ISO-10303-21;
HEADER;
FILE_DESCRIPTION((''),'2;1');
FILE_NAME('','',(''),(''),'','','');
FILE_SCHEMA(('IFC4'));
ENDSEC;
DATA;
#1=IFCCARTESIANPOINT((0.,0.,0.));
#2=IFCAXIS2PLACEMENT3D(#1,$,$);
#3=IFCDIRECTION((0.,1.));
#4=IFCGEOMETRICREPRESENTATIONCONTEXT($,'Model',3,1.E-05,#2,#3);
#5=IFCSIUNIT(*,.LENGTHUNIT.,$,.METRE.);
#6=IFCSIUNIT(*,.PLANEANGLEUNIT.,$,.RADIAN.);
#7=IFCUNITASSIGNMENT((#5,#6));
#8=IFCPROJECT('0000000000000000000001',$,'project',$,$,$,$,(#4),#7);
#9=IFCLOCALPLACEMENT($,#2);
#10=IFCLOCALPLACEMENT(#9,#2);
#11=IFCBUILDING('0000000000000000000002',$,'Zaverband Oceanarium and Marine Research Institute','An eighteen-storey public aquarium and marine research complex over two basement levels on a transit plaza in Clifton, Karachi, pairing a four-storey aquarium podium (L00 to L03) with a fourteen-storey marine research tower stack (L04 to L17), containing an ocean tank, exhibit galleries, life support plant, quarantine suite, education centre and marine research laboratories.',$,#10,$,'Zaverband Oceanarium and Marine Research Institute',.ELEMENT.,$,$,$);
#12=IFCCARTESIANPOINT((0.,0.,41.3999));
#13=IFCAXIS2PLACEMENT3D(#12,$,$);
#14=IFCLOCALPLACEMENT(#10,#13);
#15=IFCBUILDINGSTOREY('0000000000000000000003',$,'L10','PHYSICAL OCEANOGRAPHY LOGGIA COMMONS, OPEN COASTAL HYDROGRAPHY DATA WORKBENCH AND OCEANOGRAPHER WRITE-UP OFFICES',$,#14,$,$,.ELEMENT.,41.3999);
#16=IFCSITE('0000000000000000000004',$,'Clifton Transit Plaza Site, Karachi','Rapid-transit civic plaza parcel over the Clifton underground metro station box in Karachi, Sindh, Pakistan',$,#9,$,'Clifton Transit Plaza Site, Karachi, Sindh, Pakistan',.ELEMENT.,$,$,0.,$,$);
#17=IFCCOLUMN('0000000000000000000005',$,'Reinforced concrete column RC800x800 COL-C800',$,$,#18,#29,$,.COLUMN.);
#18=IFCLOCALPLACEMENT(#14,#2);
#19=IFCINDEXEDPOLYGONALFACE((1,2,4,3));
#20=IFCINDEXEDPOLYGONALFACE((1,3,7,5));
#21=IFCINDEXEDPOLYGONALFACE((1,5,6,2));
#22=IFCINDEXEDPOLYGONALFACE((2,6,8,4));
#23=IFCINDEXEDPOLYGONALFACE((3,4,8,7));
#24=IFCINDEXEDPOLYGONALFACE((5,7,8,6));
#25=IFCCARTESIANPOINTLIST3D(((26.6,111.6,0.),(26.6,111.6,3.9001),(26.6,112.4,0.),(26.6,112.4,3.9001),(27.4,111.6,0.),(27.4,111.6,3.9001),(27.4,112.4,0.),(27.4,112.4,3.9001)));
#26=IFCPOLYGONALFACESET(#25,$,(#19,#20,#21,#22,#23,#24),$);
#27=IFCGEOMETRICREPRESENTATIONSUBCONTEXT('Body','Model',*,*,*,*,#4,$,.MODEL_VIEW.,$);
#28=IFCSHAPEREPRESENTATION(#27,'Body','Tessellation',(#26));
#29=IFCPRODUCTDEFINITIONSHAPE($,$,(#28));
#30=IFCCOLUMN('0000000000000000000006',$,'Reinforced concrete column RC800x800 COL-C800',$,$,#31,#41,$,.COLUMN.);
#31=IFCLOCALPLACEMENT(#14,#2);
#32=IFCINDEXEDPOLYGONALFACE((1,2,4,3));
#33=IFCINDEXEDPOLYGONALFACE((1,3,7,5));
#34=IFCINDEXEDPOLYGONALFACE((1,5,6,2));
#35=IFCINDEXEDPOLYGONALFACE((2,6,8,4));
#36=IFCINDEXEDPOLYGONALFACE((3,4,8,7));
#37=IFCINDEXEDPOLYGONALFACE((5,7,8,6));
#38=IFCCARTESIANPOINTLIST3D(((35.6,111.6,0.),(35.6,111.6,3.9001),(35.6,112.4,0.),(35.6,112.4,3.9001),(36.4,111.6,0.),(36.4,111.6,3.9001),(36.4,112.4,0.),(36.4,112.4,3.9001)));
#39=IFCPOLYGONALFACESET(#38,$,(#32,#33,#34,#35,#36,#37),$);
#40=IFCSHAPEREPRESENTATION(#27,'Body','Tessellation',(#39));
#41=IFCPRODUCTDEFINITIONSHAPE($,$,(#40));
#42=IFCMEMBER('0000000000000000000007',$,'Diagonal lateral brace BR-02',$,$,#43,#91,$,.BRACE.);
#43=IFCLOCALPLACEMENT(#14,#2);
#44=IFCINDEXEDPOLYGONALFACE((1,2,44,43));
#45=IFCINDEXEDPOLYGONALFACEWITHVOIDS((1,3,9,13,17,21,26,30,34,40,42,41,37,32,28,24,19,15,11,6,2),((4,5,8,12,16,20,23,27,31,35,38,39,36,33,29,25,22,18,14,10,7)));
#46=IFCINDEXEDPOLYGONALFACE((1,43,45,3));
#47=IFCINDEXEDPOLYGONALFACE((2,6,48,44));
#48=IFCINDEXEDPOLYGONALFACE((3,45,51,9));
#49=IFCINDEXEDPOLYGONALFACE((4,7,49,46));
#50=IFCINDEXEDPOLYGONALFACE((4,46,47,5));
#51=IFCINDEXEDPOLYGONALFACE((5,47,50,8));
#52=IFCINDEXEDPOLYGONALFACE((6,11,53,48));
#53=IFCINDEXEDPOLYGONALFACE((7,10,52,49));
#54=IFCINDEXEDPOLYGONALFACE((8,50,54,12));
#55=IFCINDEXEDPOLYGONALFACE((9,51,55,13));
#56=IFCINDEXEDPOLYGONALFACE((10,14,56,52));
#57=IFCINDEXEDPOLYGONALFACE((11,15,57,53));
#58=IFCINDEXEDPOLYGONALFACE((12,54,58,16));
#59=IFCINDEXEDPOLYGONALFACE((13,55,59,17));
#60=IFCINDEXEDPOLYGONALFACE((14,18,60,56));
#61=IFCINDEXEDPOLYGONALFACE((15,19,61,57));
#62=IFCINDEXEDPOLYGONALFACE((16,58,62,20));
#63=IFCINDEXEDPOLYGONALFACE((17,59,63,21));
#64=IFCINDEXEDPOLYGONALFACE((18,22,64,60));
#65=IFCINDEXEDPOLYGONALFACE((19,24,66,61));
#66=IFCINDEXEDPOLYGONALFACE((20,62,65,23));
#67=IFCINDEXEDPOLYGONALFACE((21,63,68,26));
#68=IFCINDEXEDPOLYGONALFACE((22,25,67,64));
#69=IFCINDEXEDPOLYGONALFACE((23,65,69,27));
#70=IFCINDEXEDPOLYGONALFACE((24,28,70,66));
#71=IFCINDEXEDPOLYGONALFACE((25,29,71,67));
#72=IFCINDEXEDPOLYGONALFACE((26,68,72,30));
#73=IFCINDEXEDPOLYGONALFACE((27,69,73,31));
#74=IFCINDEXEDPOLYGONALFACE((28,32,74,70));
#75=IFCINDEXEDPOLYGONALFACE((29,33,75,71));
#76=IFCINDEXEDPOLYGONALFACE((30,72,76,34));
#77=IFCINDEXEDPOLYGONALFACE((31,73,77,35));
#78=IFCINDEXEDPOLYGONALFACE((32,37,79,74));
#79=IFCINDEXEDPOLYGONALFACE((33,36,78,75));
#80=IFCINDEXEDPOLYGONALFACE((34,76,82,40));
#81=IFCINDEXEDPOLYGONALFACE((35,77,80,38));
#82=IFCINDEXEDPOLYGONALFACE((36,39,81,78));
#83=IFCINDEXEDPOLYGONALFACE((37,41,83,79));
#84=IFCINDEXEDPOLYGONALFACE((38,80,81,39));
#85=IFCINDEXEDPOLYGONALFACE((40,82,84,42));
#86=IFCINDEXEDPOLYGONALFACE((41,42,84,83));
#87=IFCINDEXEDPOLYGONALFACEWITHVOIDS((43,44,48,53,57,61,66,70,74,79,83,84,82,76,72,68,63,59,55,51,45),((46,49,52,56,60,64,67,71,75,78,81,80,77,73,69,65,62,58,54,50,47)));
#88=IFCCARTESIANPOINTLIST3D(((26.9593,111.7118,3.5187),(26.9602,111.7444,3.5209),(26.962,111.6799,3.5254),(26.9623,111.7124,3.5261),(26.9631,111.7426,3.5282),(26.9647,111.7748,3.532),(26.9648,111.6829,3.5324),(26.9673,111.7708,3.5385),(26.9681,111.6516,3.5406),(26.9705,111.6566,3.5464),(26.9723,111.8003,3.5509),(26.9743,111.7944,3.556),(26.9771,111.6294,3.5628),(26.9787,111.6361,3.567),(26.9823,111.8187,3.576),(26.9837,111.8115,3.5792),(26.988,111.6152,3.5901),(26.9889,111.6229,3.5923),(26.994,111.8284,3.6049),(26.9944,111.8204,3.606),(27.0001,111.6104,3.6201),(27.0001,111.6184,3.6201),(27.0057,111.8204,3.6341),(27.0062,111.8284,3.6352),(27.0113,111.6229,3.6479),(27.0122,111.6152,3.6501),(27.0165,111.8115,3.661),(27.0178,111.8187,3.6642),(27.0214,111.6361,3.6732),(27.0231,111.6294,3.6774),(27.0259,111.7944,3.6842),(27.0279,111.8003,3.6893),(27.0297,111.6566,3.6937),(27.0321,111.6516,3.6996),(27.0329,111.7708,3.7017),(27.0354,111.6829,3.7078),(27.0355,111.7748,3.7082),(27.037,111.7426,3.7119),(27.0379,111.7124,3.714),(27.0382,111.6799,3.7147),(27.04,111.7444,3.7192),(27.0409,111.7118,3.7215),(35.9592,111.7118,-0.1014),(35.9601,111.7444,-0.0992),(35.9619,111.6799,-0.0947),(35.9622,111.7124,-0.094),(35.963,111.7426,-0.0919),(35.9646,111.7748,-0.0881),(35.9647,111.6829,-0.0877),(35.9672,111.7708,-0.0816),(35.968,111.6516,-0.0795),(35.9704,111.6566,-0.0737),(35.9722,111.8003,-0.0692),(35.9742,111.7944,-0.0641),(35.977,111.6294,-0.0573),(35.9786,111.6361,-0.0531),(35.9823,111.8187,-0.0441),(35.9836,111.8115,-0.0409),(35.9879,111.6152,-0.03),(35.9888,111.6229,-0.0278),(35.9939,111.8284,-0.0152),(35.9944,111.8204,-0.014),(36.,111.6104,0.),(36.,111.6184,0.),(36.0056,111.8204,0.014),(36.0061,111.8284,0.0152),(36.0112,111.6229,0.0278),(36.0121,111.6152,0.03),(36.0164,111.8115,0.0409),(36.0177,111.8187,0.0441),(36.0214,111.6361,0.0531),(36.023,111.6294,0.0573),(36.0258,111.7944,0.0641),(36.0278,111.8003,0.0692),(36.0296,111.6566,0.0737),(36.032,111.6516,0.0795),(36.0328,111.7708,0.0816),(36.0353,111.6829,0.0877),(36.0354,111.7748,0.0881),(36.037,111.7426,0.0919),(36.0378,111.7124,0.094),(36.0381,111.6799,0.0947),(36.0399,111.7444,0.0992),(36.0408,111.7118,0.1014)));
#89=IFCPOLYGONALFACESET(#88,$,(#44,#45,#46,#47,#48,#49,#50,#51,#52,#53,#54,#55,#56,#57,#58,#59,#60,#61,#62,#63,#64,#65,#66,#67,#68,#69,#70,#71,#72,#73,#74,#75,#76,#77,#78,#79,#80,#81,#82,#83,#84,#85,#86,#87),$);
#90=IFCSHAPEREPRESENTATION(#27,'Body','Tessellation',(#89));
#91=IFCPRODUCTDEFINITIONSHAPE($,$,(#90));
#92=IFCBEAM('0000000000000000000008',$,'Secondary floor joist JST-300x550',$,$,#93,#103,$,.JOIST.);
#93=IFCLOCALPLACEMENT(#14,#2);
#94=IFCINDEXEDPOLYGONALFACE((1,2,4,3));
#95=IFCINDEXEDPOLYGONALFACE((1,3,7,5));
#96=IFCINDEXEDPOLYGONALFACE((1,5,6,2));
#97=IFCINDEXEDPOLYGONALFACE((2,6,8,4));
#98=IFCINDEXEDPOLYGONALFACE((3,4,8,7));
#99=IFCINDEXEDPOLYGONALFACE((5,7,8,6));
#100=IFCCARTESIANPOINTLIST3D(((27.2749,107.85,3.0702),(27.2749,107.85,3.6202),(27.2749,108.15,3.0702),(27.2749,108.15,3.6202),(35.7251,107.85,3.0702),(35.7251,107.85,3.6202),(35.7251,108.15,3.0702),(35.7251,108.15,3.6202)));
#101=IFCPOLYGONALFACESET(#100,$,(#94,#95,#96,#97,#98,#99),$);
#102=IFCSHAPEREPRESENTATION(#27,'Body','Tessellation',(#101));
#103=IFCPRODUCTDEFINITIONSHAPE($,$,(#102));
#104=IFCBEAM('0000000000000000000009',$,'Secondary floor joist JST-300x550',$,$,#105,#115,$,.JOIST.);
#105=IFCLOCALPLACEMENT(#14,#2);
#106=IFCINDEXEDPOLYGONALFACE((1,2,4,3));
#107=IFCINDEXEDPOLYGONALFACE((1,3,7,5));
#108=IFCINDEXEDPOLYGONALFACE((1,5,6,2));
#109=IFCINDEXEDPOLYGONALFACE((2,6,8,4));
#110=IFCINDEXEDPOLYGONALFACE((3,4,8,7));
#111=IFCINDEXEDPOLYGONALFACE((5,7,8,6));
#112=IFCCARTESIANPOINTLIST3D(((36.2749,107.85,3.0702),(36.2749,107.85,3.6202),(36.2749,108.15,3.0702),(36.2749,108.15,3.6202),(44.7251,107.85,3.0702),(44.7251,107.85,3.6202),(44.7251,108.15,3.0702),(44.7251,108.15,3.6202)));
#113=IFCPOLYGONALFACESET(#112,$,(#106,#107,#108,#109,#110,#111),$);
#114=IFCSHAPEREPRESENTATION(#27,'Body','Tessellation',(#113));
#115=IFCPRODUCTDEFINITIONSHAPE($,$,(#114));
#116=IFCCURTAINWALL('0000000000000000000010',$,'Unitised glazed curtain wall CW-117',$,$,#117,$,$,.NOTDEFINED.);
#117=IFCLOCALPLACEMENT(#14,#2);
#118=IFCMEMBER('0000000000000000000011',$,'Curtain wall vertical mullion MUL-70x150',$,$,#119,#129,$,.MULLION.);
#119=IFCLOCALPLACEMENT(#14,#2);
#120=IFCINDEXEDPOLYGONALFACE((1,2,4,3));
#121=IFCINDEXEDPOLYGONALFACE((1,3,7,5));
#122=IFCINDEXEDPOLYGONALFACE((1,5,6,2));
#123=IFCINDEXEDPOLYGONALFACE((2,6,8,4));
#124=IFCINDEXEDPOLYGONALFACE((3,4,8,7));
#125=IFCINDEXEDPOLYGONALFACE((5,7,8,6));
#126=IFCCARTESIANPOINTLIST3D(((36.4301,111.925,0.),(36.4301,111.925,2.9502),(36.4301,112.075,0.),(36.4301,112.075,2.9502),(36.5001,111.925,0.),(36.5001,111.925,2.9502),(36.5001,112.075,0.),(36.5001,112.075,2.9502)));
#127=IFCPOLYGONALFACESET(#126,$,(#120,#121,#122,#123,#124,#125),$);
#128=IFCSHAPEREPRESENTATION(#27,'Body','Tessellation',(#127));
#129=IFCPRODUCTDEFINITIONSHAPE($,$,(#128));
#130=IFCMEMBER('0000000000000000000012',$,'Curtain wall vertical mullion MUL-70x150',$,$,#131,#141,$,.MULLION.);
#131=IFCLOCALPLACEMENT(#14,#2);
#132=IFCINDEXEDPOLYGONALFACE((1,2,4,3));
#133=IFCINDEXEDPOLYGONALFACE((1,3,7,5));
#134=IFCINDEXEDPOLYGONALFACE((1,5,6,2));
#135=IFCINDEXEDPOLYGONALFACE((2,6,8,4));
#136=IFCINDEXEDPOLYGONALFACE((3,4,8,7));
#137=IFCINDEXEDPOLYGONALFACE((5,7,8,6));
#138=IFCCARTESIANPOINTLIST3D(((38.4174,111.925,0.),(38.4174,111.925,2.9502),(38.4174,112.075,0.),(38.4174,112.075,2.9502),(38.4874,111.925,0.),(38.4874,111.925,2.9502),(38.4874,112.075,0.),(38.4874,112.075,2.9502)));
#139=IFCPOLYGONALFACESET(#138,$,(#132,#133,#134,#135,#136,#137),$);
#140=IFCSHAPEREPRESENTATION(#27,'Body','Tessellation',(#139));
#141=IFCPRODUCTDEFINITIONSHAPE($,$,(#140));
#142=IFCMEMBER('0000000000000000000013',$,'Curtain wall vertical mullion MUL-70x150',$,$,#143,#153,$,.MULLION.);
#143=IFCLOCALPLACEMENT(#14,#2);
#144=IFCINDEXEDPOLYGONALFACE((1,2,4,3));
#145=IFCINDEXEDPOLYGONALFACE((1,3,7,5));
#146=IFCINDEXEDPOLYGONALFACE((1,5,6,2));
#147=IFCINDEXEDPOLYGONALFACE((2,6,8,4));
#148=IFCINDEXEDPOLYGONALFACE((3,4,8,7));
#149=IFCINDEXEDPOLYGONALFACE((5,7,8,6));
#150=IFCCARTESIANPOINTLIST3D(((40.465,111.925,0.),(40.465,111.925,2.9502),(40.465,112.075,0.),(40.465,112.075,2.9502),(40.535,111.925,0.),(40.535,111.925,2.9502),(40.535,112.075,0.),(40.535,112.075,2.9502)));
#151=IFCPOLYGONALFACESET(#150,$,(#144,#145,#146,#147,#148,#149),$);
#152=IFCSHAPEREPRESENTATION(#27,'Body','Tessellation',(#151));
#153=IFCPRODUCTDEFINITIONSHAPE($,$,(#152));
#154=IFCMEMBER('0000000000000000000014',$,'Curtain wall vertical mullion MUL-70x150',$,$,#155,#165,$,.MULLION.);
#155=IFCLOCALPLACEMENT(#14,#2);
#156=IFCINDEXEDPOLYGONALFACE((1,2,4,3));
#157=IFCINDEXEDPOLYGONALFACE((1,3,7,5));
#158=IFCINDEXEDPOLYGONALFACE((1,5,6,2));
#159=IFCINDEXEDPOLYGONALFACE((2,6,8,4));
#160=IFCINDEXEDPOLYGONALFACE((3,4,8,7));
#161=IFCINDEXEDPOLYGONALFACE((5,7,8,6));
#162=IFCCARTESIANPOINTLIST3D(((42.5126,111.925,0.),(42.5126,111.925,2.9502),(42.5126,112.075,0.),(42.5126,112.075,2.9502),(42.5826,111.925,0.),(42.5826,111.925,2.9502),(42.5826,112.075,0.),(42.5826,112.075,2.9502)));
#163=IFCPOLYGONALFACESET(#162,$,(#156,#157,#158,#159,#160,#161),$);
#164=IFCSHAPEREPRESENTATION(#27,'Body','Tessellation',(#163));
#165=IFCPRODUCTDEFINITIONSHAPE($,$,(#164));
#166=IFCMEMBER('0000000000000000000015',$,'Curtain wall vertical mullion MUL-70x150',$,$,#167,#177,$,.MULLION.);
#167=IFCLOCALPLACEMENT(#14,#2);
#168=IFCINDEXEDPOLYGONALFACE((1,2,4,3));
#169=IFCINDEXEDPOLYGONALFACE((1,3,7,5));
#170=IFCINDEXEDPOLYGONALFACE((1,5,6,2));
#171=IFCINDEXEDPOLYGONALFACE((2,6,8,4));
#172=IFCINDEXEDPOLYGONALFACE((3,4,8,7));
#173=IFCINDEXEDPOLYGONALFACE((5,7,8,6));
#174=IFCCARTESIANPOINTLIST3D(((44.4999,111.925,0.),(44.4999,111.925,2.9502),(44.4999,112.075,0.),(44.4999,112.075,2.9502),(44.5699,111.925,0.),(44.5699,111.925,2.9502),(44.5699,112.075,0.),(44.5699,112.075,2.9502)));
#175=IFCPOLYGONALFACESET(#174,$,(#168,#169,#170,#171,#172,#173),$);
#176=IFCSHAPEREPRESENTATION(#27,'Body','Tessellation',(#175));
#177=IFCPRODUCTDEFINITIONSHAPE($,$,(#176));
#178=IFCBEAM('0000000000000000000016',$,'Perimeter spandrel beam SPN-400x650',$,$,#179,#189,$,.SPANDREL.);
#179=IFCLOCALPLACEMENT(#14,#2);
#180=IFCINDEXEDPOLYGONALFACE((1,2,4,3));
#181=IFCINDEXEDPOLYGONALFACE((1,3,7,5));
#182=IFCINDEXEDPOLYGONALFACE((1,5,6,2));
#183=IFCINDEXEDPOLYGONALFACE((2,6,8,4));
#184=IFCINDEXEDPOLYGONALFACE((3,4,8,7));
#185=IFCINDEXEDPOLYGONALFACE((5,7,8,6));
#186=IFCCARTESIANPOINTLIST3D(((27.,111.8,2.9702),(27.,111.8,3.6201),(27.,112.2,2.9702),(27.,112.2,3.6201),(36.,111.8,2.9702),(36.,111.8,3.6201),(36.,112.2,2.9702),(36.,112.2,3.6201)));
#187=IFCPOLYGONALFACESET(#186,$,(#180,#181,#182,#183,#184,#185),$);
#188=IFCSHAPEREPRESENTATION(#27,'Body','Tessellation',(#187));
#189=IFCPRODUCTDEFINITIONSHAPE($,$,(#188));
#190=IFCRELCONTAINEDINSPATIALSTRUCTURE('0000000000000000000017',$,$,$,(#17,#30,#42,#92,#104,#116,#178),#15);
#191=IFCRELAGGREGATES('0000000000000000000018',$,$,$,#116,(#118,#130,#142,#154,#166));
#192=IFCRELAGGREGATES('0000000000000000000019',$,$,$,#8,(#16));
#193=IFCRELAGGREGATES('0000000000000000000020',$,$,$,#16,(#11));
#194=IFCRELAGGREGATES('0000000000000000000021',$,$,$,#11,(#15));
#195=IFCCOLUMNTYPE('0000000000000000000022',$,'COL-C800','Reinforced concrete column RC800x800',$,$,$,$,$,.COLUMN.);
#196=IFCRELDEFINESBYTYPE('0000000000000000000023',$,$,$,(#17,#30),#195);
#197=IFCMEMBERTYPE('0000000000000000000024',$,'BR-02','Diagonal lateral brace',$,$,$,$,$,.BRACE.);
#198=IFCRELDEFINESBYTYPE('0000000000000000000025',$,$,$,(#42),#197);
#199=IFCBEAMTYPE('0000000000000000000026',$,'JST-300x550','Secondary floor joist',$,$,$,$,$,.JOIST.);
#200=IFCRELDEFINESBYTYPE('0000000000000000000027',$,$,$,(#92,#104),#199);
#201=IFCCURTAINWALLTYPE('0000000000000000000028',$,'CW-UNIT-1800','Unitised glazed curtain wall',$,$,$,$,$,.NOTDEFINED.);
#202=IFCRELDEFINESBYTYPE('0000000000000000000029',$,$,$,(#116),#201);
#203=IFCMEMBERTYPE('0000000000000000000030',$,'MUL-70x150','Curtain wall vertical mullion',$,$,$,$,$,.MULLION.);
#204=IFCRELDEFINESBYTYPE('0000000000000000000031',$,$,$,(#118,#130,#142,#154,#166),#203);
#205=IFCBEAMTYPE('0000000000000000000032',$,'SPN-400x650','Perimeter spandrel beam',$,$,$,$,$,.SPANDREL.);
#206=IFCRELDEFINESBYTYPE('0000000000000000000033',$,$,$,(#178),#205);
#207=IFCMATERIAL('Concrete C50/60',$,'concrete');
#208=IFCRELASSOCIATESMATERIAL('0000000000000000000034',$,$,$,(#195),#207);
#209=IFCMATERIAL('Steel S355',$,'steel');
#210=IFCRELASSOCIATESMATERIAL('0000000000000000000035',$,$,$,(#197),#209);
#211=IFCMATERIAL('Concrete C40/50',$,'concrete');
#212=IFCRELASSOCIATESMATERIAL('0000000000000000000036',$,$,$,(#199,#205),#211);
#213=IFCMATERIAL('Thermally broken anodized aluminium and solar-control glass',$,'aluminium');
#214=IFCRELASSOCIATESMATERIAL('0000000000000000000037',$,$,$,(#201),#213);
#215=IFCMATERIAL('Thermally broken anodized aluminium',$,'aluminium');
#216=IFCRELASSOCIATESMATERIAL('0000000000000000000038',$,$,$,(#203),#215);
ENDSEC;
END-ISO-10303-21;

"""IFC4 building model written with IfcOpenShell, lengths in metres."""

from ifc_helpers import new_model, si_unit, direction, frame, origin, origin_2d, place, context, subcontext, project, spatial, rectangle, hollow_circle, extrude, material, material_profile, profile_set, type_object, element, aggregate, save


model = new_model("IFC4")

# Units and contexts
model_context = context("Model", 3, precision=1e-05, world=origin(), true_north=direction((0.0, 1.0)))
body_context = subcontext(model_context, "Body", "Model", "MODEL_VIEW")
ifc_project = project(units=[si_unit("LENGTHUNIT", "METRE"), si_unit("PLANEANGLEUNIT", "RADIAN")], contexts=[model_context])

# Site, building, storey
site_placement = place(None, origin())
site = spatial("IfcSite", under=ifc_project, at=site_placement, Name="Clifton Transit Plaza Site, Karachi", Description="Rapid-transit civic plaza parcel over the Clifton underground metro station box in Karachi, Sindh, Pakistan", LongName="Clifton Transit Plaza Site, Karachi, Sindh, Pakistan", CompositionType="ELEMENT", RefElevation=0.0)
building_placement = place(site_placement, origin())
building = spatial("IfcBuilding", under=site, at=building_placement, Name="Zaverband Oceanarium and Marine Research Institute", Description="An eighteen-storey public aquarium and marine research complex over two basement levels on a transit plaza in Clifton, Karachi, pairing a four-storey aquarium podium (L00 to L03) with a fourteen-storey marine research tower stack (L04 to L17), containing an ocean tank, exhibit galleries, life support plant, quarantine suite, education centre and marine research laboratories.", LongName="Zaverband Oceanarium and Marine Research Institute", CompositionType="ELEMENT")
storey_placement = place(building_placement, frame((0.0, 0.0, 41.3999)))
storey = spatial("IfcBuildingStorey", under=building, at=storey_placement, Name="L10", Description="PHYSICAL OCEANOGRAPHY LOGGIA COMMONS, OPEN COASTAL HYDROGRAPHY DATA WORKBENCH AND OCEANOGRAPHER WRITE-UP OFFICES", CompositionType="ELEMENT", Elevation=41.3999)

# Columns
ifc_material_1 = material(Name="Concrete C50/60", Category="concrete")
ifc_material_profile_1 = material_profile(ifc_material_1, rectangle(XDim=0.8, YDim=0.8, at=origin_2d()), Name="RC800x800")
ifc_profile_set_1 = profile_set([ifc_material_profile_1], Name="Concrete C50/60")
column_type = type_object("IfcColumnType", Name="COL-C800", Description="Reinforced concrete column RC800x800", PredefinedType="COLUMN", material=ifc_profile_set_1)
for number, where, z_axis, x_axis, name in (
    (1, (27.0, 112.0, 0.0), (0.0, 0.0, 1.0), (1.0, 0.0, 0.0), "Reinforced concrete column RC800x800 COL-C800"),
    (2, (36.0, 112.0, 0.0), (0.0, 0.0, 1.0), (1.0, 0.0, 0.0), "Reinforced concrete column RC800x800 COL-C800"),
):
    element("IfcColumn", number, at=place(storey_placement, frame(where, z_axis=z_axis, x_axis=x_axis)), inside=storey, type_object=column_type, Name=name, PredefinedType="COLUMN", context=body_context, shape_type="SweptSolid", body=[
        extrude(rectangle(XDim=0.8, YDim=0.8, at=origin_2d()), origin(), (0.0, 0.0, 1.0), 3.9001),
    ])

# Member
ifc_material_2 = material(Name="Steel S355", Category="steel")
ifc_material_profile_2 = material_profile(ifc_material_2, hollow_circle(Radius=0.1096, WallThickness=0.0081, at=origin_2d()), Name="CHS219x8")
ifc_profile_set_2 = profile_set([ifc_material_profile_2], Name="Steel S355")
member_type_1 = type_object("IfcMemberType", Name="BR-02", Description="Diagonal lateral brace", PredefinedType="BRACE", material=ifc_profile_set_2)
member_1_placement = place(storey_placement, frame((36.0, 111.72, 0.0), z_axis=(-0.92776, 0.0, 0.373178), x_axis=(0.0, -1.0, 0.0)))
element("IfcMember", 3, at=member_1_placement, inside=storey, type_object=member_type_1, Name="Diagonal lateral brace BR-02", PredefinedType="BRACE", context=body_context, shape_type="SweptSolid", body=[
    extrude(hollow_circle(Radius=0.1096, WallThickness=0.0081, at=origin_2d()), origin(), (0.0, 0.0, 1.0), 9.7007),
])

# Beams
ifc_material_3 = material(Name="Concrete C40/50", Category="concrete")
ifc_material_profile_3 = material_profile(ifc_material_3, rectangle(XDim=0.3, YDim=0.55, at=origin_2d()), Name="RC300x550")
ifc_profile_set_3 = profile_set([ifc_material_profile_3], Name="Concrete C40/50")
beam_type_1 = type_object("IfcBeamType", Name="JST-300x550", Description="Secondary floor joist", PredefinedType="JOIST", material=ifc_profile_set_3)
for number, where, z_axis, x_axis, name in (
    (4, (27.2749, 108.0, 3.3452), (1.0, 0.0, 0.0), (0.0, 1.0, 0.0), "Secondary floor joist JST-300x550"),
    (5, (36.2749, 108.0, 3.3452), (1.0, 0.0, 0.0), (0.0, 1.0, 0.0), "Secondary floor joist JST-300x550"),
):
    element("IfcBeam", number, at=place(storey_placement, frame(where, z_axis=z_axis, x_axis=x_axis)), inside=storey, type_object=beam_type_1, Name=name, PredefinedType="JOIST", context=body_context, shape_type="SweptSolid", body=[
        extrude(rectangle(XDim=0.3, YDim=0.55, at=origin_2d()), origin(), (0.0, 0.0, 1.0), 8.4502),
    ])

# Curtain wall, members
ifc_material_4 = material(Name="Thermally broken anodized aluminium and solar-control glass", Category="aluminium")
curtain_wall_type = type_object("IfcCurtainWallType", Name="CW-UNIT-1800", Description="Unitised glazed curtain wall", PredefinedType="NOTDEFINED", material=ifc_material_4)
curtain_wall_placement = place(storey_placement, origin())
curtain_wall = element("IfcCurtainWall", 6, at=curtain_wall_placement, inside=storey, type_object=curtain_wall_type, Name="Unitised glazed curtain wall CW-117", PredefinedType="NOTDEFINED")
ifc_material_5 = material(Name="Thermally broken anodized aluminium", Category="aluminium")
ifc_material_profile_4 = material_profile(ifc_material_5, rectangle(XDim=0.0701, YDim=0.1499, at=origin_2d()), Name="AL-MUL-70x150")
ifc_profile_set_4 = profile_set([ifc_material_profile_4], Name="Thermally broken anodized aluminium")
member_type_2 = type_object("IfcMemberType", Name="MUL-70x150", Description="Curtain wall vertical mullion", PredefinedType="MULLION", material=ifc_profile_set_4)
member_2_placement = place(storey_placement, frame((36.4651, 112.0, 0.0), z_axis=(0.0, 0.0, 1.0), x_axis=(1.0, 0.0, 0.0)))
member_2 = element("IfcMember", 7, at=member_2_placement, type_object=member_type_2, Name="Curtain wall vertical mullion MUL-70x150", PredefinedType="MULLION", context=body_context, shape_type="SweptSolid", body=[
    extrude(rectangle(XDim=0.0701, YDim=0.1499, at=origin_2d()), origin(), (0.0, 0.0, 1.0), 2.9502),
])
member_3_placement = place(storey_placement, frame((38.4524, 112.0, 0.0), z_axis=(0.0, 0.0, 1.0), x_axis=(1.0, 0.0, 0.0)))
member_3 = element("IfcMember", 8, at=member_3_placement, type_object=member_type_2, Name="Curtain wall vertical mullion MUL-70x150", PredefinedType="MULLION", context=body_context, shape_type="SweptSolid", body=[
    extrude(rectangle(XDim=0.0701, YDim=0.1499, at=origin_2d()), origin(), (0.0, 0.0, 1.0), 2.9502),
])
member_4_placement = place(storey_placement, frame((40.5, 112.0, 0.0), z_axis=(0.0, 0.0, 1.0), x_axis=(1.0, 0.0, 0.0)))
member_4 = element("IfcMember", 9, at=member_4_placement, type_object=member_type_2, Name="Curtain wall vertical mullion MUL-70x150", PredefinedType="MULLION", context=body_context, shape_type="SweptSolid", body=[
    extrude(rectangle(XDim=0.0701, YDim=0.1499, at=origin_2d()), origin(), (0.0, 0.0, 1.0), 2.9502),
])
member_5_placement = place(storey_placement, frame((42.5476, 112.0, 0.0), z_axis=(0.0, 0.0, 1.0), x_axis=(1.0, 0.0, 0.0)))
member_5 = element("IfcMember", 10, at=member_5_placement, type_object=member_type_2, Name="Curtain wall vertical mullion MUL-70x150", PredefinedType="MULLION", context=body_context, shape_type="SweptSolid", body=[
    extrude(rectangle(XDim=0.0701, YDim=0.1499, at=origin_2d()), origin(), (0.0, 0.0, 1.0), 2.9502),
])
member_6_placement = place(storey_placement, frame((44.5349, 112.0, 0.0), z_axis=(0.0, 0.0, 1.0), x_axis=(1.0, 0.0, 0.0)))
member_6 = element("IfcMember", 11, at=member_6_placement, type_object=member_type_2, Name="Curtain wall vertical mullion MUL-70x150", PredefinedType="MULLION", context=body_context, shape_type="SweptSolid", body=[
    extrude(rectangle(XDim=0.0701, YDim=0.1499, at=origin_2d()), origin(), (0.0, 0.0, 1.0), 2.9502),
])

# Beam
ifc_material_profile_5 = material_profile(ifc_material_3, rectangle(XDim=0.3999, YDim=0.6499, at=origin_2d()), Name="RC400x650")
ifc_profile_set_5 = profile_set([ifc_material_profile_5], Name="Concrete C40/50")
beam_type_2 = type_object("IfcBeamType", Name="SPN-400x650", Description="Perimeter spandrel beam", PredefinedType="SPANDREL", material=ifc_profile_set_5)
for number, where, z_axis, x_axis, name in (
    (12, (27.0, 112.0, 3.2952), (1.0, 0.0, 0.0), (0.0, 1.0, 0.0), "Perimeter spandrel beam SPN-400x650"),
):
    element("IfcBeam", number, at=place(storey_placement, frame(where, z_axis=z_axis, x_axis=x_axis)), inside=storey, type_object=beam_type_2, Name=name, PredefinedType="SPANDREL", context=body_context, shape_type="SweptSolid", body=[
        extrude(rectangle(XDim=0.3999, YDim=0.6499, at=origin_2d()), origin(), (0.0, 0.0, 1.0), 9.0),
    ])

aggregate(curtain_wall, [member_2, member_3, member_4, member_5, member_6])

save(model, "model.ifc")
